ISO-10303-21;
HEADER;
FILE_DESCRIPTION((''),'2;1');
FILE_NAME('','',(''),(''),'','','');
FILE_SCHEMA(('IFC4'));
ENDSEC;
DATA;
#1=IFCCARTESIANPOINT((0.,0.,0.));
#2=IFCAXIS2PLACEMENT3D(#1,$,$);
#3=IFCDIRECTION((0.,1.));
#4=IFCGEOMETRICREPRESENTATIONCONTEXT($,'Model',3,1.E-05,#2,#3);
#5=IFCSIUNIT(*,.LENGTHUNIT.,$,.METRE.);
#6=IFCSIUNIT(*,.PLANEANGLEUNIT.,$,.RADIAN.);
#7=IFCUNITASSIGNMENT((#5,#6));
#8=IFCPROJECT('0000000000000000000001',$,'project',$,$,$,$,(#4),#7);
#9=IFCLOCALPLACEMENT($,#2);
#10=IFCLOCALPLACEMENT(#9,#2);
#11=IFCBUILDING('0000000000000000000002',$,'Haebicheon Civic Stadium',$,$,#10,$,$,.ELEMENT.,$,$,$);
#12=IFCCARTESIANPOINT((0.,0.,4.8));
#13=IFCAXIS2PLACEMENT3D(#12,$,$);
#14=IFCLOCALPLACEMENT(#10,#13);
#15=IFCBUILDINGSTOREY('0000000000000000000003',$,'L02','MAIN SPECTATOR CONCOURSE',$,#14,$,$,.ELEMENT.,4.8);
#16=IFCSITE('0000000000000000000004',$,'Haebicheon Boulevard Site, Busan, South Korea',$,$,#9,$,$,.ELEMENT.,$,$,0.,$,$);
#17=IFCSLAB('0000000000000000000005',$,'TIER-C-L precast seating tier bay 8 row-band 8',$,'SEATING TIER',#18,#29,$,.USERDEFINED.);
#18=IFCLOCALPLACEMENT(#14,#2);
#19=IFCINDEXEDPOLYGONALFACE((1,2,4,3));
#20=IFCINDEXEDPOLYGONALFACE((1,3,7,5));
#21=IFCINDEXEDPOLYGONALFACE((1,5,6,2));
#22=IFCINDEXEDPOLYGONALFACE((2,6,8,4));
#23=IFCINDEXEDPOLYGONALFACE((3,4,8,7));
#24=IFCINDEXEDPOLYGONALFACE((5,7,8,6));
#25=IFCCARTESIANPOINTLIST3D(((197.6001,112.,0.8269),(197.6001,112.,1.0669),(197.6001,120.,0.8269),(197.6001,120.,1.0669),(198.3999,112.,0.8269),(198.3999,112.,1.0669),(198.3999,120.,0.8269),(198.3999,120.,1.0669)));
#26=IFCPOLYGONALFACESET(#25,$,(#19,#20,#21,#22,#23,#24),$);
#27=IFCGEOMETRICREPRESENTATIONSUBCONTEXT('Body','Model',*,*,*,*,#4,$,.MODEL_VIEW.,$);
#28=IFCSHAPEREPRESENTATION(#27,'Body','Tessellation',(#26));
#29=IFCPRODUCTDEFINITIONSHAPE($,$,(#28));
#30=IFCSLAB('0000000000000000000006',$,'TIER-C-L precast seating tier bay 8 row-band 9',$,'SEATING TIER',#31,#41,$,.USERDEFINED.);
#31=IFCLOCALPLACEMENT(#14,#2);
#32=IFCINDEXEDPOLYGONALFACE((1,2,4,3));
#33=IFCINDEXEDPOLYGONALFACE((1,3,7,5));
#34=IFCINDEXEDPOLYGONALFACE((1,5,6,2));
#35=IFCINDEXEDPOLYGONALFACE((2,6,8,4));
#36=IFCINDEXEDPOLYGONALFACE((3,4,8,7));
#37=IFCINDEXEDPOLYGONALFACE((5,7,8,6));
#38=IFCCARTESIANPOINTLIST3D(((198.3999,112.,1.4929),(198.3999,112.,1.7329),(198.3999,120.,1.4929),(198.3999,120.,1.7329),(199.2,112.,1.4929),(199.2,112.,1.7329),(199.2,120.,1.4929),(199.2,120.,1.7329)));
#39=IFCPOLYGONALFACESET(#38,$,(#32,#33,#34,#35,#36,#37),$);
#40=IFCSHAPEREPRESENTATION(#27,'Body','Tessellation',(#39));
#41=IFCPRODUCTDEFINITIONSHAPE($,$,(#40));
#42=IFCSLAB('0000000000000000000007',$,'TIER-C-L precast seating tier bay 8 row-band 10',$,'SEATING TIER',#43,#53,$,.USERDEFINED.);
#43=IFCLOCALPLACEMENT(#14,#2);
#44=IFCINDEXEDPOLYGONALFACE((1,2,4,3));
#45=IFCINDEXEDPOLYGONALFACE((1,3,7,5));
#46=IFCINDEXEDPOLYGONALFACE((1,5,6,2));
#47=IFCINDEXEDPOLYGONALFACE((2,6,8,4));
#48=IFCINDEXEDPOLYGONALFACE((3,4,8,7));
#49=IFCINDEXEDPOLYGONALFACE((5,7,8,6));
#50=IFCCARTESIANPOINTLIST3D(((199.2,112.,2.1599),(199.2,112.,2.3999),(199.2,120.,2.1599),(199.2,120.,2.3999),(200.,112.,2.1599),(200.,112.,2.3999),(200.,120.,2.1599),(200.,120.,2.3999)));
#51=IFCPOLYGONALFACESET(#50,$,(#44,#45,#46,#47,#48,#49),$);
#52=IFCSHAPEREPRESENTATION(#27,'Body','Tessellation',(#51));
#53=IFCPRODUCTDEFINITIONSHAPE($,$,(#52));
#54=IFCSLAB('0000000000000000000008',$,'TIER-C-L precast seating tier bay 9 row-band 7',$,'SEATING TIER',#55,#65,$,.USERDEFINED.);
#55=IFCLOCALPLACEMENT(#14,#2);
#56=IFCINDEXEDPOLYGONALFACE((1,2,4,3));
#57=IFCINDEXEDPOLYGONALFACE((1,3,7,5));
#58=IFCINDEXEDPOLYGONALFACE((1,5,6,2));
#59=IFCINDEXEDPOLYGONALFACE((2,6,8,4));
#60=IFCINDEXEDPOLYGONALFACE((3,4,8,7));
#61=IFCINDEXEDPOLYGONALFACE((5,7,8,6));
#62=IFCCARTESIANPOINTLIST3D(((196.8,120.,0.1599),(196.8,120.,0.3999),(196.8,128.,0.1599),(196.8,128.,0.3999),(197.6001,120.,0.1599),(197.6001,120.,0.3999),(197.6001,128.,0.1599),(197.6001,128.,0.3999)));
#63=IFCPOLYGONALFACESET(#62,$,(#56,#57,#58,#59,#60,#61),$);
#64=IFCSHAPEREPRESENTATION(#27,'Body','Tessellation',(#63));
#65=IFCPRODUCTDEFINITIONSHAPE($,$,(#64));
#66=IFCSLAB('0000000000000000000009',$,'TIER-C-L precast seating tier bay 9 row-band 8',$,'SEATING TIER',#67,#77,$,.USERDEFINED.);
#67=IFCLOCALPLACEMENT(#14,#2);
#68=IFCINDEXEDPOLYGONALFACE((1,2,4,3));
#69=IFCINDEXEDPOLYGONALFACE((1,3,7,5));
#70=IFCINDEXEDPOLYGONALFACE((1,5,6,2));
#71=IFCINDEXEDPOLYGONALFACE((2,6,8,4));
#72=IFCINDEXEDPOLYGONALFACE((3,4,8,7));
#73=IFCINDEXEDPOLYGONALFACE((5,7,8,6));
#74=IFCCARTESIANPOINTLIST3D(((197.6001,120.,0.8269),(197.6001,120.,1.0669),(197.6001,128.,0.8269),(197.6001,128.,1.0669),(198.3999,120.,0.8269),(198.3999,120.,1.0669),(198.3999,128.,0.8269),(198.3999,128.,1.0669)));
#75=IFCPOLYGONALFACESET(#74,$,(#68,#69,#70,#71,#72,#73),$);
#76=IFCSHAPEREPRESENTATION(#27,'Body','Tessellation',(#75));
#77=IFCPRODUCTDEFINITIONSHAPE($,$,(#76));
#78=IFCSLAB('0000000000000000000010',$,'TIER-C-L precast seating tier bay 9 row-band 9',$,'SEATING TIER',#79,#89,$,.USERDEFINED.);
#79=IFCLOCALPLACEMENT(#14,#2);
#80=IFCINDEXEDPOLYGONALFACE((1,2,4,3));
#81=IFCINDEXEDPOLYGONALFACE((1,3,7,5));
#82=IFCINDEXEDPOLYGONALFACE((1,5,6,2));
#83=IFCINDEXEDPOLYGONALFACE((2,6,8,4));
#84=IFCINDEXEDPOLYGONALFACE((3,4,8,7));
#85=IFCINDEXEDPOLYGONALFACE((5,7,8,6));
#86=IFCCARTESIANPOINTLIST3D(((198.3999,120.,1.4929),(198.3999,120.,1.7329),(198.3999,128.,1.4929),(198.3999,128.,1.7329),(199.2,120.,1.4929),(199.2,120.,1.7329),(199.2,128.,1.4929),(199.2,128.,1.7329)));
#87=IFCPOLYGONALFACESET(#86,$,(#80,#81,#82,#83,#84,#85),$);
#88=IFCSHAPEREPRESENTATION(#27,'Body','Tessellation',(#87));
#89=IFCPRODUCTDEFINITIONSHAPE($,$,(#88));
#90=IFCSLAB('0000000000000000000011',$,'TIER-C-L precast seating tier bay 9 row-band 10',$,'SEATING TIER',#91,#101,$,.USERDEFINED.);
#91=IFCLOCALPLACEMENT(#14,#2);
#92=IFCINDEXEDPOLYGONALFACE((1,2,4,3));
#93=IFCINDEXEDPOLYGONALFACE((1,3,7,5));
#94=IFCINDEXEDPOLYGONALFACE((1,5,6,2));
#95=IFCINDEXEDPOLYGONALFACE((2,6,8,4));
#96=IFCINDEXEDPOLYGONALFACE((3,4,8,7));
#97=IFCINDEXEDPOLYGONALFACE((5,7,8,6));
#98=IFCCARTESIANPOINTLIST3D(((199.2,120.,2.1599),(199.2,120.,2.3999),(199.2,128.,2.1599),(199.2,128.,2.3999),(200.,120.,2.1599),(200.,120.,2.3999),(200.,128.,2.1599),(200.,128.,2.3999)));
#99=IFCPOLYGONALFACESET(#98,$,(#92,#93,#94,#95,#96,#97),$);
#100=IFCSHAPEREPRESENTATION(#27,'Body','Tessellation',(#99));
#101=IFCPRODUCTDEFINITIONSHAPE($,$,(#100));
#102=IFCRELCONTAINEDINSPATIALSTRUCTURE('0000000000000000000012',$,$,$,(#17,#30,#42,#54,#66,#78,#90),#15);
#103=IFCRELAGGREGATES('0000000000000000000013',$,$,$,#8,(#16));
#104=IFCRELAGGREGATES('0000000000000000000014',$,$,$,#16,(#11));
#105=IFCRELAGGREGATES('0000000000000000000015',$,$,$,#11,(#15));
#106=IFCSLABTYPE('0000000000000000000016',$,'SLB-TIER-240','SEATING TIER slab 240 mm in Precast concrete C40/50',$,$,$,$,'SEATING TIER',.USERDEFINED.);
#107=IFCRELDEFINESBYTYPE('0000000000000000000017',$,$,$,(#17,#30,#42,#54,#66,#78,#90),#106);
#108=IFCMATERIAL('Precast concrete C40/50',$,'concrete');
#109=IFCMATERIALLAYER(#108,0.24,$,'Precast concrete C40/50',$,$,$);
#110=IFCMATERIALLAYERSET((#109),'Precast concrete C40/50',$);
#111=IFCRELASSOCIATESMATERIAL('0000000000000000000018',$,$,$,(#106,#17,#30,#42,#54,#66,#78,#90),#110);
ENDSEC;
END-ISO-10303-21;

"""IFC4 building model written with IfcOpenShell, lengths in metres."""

from ifc_helpers import new_model, si_unit, direction, frame, origin, place, context, subcontext, project, spatial, polyline, outline, extrude, material, layer, layer_set, type_object, element, save


model = new_model("IFC4")

# Units and contexts
model_context = context("Model", 3, precision=1e-05, world=origin(), true_north=direction((0.0, 1.0)))
body_context = subcontext(model_context, "Body", "Model", "MODEL_VIEW")
ifc_project = project(units=[si_unit("LENGTHUNIT", "METRE"), si_unit("PLANEANGLEUNIT", "RADIAN")], contexts=[model_context])

# Site, building, storey
site_placement = place(None, origin())
site = spatial("IfcSite", under=ifc_project, at=site_placement, Name="Haebicheon Boulevard Site, Busan, South Korea", CompositionType="ELEMENT", RefElevation=0.0)
building_placement = place(site_placement, origin())
building = spatial("IfcBuilding", under=site, at=building_placement, Name="Haebicheon Civic Stadium", CompositionType="ELEMENT")
storey_placement = place(building_placement, frame((0.0, 0.0, 4.8)))
storey = spatial("IfcBuildingStorey", under=building, at=storey_placement, Name="L02", Description="MAIN SPECTATOR CONCOURSE", CompositionType="ELEMENT", Elevation=4.8)

# Slabs
ifc_material_1 = material(Name="Precast concrete C40/50", Category="concrete")
ifc_layer_1 = layer(ifc_material_1, 0.24, Name="Precast concrete C40/50")
ifc_layer_set_1 = layer_set([ifc_layer_1], Name="Precast concrete C40/50")
slab_type_1 = type_object("IfcSlabType", Name="SLB-TIER-240", Description="SEATING TIER slab 240 mm in Precast concrete C40/50", ElementType="SEATING TIER", PredefinedType="USERDEFINED", material=ifc_layer_set_1)
slab_1_placement = place(storey_placement, frame((0.0, 0.0, 0.8269)))
element("IfcSlab", 1, at=slab_1_placement, inside=storey, type_object=slab_type_1, material=ifc_layer_set_1, Name="TIER-C-L precast seating tier bay 8 row-band 8", ObjectType="SEATING TIER", PredefinedType="USERDEFINED", context=body_context, shape_type="SweptSolid", body=[
    extrude(outline(polyline([(197.6001, 112.0), (198.3999, 112.0), (198.3999, 120.0), (197.6001, 120.0), (197.6001, 112.0)])), origin(), (0.0, 0.0, 1.0), 0.24),
])
slab_2_placement = place(storey_placement, frame((0.0, 0.0, 1.4929)))
element("IfcSlab", 2, at=slab_2_placement, inside=storey, type_object=slab_type_1, material=ifc_layer_set_1, Name="TIER-C-L precast seating tier bay 8 row-band 9", ObjectType="SEATING TIER", PredefinedType="USERDEFINED", context=body_context, shape_type="SweptSolid", body=[
    extrude(outline(polyline([(198.3999, 112.0), (199.2, 112.0), (199.2, 120.0), (198.3999, 120.0), (198.3999, 112.0)])), origin(), (0.0, 0.0, 1.0), 0.24),
])
slab_3_placement = place(storey_placement, frame((0.0, 0.0, 2.1599)))
element("IfcSlab", 3, at=slab_3_placement, inside=storey, type_object=slab_type_1, material=ifc_layer_set_1, Name="TIER-C-L precast seating tier bay 8 row-band 10", ObjectType="SEATING TIER", PredefinedType="USERDEFINED", context=body_context, shape_type="SweptSolid", body=[
    extrude(outline(polyline([(199.2, 112.0), (200.0, 112.0), (200.0, 120.0), (199.2, 120.0), (199.2, 112.0)])), origin(), (0.0, 0.0, 1.0), 0.24),
])
slab_4_placement = place(storey_placement, frame((0.0, 0.0, 0.1599)))
element("IfcSlab", 4, at=slab_4_placement, inside=storey, type_object=slab_type_1, material=ifc_layer_set_1, Name="TIER-C-L precast seating tier bay 9 row-band 7", ObjectType="SEATING TIER", PredefinedType="USERDEFINED", context=body_context, shape_type="SweptSolid", body=[
    extrude(outline(polyline([(196.8, 120.0), (197.6001, 120.0), (197.6001, 128.0), (196.8, 128.0), (196.8, 120.0)])), origin(), (0.0, 0.0, 1.0), 0.24),
])
slab_5_placement = place(storey_placement, frame((0.0, 0.0, 0.8269)))
element("IfcSlab", 5, at=slab_5_placement, inside=storey, type_object=slab_type_1, material=ifc_layer_set_1, Name="TIER-C-L precast seating tier bay 9 row-band 8", ObjectType="SEATING TIER", PredefinedType="USERDEFINED", context=body_context, shape_type="SweptSolid", body=[
    extrude(outline(polyline([(197.6001, 120.0), (198.3999, 120.0), (198.3999, 128.0), (197.6001, 128.0), (197.6001, 120.0)])), origin(), (0.0, 0.0, 1.0), 0.24),
])
slab_6_placement = place(storey_placement, frame((0.0, 0.0, 1.4929)))
element("IfcSlab", 6, at=slab_6_placement, inside=storey, type_object=slab_type_1, material=ifc_layer_set_1, Name="TIER-C-L precast seating tier bay 9 row-band 9", ObjectType="SEATING TIER", PredefinedType="USERDEFINED", context=body_context, shape_type="SweptSolid", body=[
    extrude(outline(polyline([(198.3999, 120.0), (199.2, 120.0), (199.2, 128.0), (198.3999, 128.0), (198.3999, 120.0)])), origin(), (0.0, 0.0, 1.0), 0.24),
])
slab_7_placement = place(storey_placement, frame((0.0, 0.0, 2.1599)))
element("IfcSlab", 7, at=slab_7_placement, inside=storey, type_object=slab_type_1, material=ifc_layer_set_1, Name="TIER-C-L precast seating tier bay 9 row-band 10", ObjectType="SEATING TIER", PredefinedType="USERDEFINED", context=body_context, shape_type="SweptSolid", body=[
    extrude(outline(polyline([(199.2, 120.0), (200.0, 120.0), (200.0, 128.0), (199.2, 128.0), (199.2, 120.0)])), origin(), (0.0, 0.0, 1.0), 0.24),
])

save(model, "model.ifc")
